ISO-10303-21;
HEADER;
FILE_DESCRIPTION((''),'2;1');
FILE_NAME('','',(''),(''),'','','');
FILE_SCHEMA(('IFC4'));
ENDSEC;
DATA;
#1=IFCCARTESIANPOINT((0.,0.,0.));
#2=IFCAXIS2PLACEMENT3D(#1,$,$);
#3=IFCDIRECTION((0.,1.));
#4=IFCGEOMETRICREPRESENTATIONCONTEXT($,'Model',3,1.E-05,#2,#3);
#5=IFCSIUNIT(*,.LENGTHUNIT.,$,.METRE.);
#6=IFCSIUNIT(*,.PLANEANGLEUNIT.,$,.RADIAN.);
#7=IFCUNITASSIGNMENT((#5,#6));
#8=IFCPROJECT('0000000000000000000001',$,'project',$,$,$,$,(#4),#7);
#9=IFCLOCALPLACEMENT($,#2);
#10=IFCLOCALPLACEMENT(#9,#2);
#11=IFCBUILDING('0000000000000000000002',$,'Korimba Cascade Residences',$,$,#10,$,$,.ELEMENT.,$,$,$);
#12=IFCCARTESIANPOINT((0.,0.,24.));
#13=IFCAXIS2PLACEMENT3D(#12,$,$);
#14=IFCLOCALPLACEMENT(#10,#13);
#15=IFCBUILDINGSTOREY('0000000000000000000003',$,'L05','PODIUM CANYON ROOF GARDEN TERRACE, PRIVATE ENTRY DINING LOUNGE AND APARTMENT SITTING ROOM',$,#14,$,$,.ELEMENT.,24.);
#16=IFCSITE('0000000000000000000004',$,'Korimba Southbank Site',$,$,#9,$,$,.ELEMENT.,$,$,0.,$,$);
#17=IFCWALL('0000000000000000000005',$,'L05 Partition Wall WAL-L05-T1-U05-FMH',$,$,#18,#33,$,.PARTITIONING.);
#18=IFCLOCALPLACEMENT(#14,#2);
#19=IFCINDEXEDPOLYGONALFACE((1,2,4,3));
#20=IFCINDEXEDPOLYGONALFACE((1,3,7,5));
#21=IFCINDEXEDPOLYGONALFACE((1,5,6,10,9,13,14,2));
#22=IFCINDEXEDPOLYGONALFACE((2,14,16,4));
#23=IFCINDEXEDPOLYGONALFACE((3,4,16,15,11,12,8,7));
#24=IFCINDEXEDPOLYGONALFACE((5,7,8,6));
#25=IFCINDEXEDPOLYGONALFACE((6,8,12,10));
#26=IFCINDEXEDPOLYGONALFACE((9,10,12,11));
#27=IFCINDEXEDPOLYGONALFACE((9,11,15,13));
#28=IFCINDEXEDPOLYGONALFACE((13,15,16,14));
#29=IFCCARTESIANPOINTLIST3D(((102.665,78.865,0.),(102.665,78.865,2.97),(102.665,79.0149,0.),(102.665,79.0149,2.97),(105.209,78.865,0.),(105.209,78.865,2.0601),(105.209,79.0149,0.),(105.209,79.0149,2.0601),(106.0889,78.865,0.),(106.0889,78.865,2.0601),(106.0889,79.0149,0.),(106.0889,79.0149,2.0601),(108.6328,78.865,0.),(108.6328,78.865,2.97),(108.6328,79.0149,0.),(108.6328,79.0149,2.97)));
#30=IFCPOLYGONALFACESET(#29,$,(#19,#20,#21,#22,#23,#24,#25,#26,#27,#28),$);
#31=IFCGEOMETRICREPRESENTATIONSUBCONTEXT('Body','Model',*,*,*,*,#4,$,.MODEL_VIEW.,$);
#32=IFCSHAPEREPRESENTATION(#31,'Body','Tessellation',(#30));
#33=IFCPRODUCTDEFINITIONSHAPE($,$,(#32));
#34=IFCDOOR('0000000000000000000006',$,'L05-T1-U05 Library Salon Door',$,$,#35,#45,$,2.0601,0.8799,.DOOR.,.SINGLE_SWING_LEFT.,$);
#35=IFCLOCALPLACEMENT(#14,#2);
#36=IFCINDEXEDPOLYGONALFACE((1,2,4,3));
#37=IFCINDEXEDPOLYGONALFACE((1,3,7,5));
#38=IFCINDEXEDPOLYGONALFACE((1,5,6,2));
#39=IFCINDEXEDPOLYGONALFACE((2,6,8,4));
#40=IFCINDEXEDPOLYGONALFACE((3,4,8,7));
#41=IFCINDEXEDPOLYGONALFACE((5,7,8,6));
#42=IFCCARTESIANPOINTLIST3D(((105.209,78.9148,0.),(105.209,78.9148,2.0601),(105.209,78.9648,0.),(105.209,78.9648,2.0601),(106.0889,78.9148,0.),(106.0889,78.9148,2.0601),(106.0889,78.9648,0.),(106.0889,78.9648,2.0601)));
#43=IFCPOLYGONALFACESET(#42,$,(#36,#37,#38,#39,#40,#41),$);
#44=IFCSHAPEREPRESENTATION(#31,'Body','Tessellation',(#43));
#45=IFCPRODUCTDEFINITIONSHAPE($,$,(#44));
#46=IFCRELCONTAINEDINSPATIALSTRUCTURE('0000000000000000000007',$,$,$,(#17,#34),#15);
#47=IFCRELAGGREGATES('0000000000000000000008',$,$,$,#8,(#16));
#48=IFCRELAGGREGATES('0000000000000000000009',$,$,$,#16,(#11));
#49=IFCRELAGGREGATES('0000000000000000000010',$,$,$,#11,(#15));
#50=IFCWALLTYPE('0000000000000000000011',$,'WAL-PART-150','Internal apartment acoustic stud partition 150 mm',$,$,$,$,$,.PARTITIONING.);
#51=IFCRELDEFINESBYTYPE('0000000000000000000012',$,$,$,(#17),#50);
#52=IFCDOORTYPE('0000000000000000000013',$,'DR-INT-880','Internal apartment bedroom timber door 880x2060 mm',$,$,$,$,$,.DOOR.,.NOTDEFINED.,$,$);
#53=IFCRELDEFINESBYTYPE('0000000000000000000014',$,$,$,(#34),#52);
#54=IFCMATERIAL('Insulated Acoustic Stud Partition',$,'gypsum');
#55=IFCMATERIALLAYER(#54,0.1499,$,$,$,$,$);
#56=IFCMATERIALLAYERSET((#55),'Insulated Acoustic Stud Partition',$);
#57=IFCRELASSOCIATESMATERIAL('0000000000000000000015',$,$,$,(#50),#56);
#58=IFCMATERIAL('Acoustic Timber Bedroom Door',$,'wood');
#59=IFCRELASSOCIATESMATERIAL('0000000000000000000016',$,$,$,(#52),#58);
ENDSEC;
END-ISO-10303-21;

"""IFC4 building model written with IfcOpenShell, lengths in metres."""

from ifc_helpers import new_model, si_unit, direction, frame, frame_2d, origin, place, context, subcontext, project, spatial, rectangle, extrude, material, layer, layer_set, type_object, element, fill, save


model = new_model("IFC4")

# Units and contexts
model_context = context("Model", 3, precision=1e-05, world=origin(), true_north=direction((0.0, 1.0)))
body_context = subcontext(model_context, "Body", "Model", "MODEL_VIEW")
ifc_project = project(units=[si_unit("LENGTHUNIT", "METRE"), si_unit("PLANEANGLEUNIT", "RADIAN")], contexts=[model_context])

# Site, building, storey
site_placement = place(None, origin())
site = spatial("IfcSite", under=ifc_project, at=site_placement, Name="Korimba Southbank Site", CompositionType="ELEMENT", RefElevation=0.0)
building_placement = place(site_placement, origin())
building = spatial("IfcBuilding", under=site, at=building_placement, Name="Korimba Cascade Residences", CompositionType="ELEMENT")
storey_placement = place(building_placement, frame((0.0, 0.0, 24.0)))
storey = spatial("IfcBuildingStorey", under=building, at=storey_placement, Name="L05", Description="PODIUM CANYON ROOF GARDEN TERRACE, PRIVATE ENTRY DINING LOUNGE AND APARTMENT SITTING ROOM", CompositionType="ELEMENT", Elevation=24.0)

# Wall, opening, door
ifc_material_1 = material(Name="Insulated Acoustic Stud Partition", Category="gypsum")
ifc_layer_1 = layer(ifc_material_1, 0.1499)
ifc_layer_set_1 = layer_set([ifc_layer_1], Name="Insulated Acoustic Stud Partition")
wall_type_1 = type_object("IfcWallType", Name="WAL-PART-150", Description="Internal apartment acoustic stud partition 150 mm", PredefinedType="PARTITIONING", material=ifc_layer_set_1)
wall_placement = place(storey_placement, frame((102.665, 78.9399, 0.0), z_axis=(0.0, 0.0, 1.0), x_axis=(1.0, 0.0, 0.0)))
wall = element("IfcWall", 1, at=wall_placement, inside=storey, type_object=wall_type_1, Name="L05 Partition Wall WAL-L05-T1-U05-FMH", PredefinedType="PARTITIONING", context=body_context, shape_type="SweptSolid", body=[
    extrude(rectangle(XDim=5.9678, YDim=0.1499, at=frame_2d((2.9839, 0.0))), origin(), (0.0, 0.0, 1.0), 2.97),
])
opening_placement = place(wall_placement, frame((2.5439, 0.0, 0.0)))
opening = element("IfcOpeningElement", 2, at=opening_placement, cuts=wall, PredefinedType="OPENING", context=body_context, shape_type="SweptSolid", body=[
    extrude(rectangle(XDim=0.8799, YDim=2.0601, at=frame_2d((0.4399, 1.03))), frame((0.0, 0.085, 0.0), z_axis=(0.0, -1.0, 0.0), x_axis=(1.0, 0.0, 0.0)), (0.0, 0.0, 1.0), 0.1699),
])
ifc_material_2 = material(Name="Acoustic Timber Bedroom Door", Category="wood")
door_type = type_object("IfcDoorType", Name="DR-INT-880", Description="Internal apartment bedroom timber door 880x2060 mm", OperationType="NOTDEFINED", PredefinedType="DOOR", material=ifc_material_2)
door_placement = place(opening_placement, origin())
door = element("IfcDoor", 3, at=door_placement, inside=storey, type_object=door_type, Name="L05-T1-U05 Library Salon Door", OperationType="SINGLE_SWING_LEFT", OverallHeight=2.0601, OverallWidth=0.8799, PredefinedType="DOOR", context=body_context, shape_type="SweptSolid", body=[
    extrude(rectangle(XDim=0.8799, YDim=2.0601, at=frame_2d((0.4399, 1.03))), frame((0.0, 0.0249, 0.0), z_axis=(0.0, -1.0, 0.0), x_axis=(1.0, 0.0, 0.0)), (0.0, 0.0, 1.0), 0.05),
])
fill(opening, door)

save(model, "model.ifc")
